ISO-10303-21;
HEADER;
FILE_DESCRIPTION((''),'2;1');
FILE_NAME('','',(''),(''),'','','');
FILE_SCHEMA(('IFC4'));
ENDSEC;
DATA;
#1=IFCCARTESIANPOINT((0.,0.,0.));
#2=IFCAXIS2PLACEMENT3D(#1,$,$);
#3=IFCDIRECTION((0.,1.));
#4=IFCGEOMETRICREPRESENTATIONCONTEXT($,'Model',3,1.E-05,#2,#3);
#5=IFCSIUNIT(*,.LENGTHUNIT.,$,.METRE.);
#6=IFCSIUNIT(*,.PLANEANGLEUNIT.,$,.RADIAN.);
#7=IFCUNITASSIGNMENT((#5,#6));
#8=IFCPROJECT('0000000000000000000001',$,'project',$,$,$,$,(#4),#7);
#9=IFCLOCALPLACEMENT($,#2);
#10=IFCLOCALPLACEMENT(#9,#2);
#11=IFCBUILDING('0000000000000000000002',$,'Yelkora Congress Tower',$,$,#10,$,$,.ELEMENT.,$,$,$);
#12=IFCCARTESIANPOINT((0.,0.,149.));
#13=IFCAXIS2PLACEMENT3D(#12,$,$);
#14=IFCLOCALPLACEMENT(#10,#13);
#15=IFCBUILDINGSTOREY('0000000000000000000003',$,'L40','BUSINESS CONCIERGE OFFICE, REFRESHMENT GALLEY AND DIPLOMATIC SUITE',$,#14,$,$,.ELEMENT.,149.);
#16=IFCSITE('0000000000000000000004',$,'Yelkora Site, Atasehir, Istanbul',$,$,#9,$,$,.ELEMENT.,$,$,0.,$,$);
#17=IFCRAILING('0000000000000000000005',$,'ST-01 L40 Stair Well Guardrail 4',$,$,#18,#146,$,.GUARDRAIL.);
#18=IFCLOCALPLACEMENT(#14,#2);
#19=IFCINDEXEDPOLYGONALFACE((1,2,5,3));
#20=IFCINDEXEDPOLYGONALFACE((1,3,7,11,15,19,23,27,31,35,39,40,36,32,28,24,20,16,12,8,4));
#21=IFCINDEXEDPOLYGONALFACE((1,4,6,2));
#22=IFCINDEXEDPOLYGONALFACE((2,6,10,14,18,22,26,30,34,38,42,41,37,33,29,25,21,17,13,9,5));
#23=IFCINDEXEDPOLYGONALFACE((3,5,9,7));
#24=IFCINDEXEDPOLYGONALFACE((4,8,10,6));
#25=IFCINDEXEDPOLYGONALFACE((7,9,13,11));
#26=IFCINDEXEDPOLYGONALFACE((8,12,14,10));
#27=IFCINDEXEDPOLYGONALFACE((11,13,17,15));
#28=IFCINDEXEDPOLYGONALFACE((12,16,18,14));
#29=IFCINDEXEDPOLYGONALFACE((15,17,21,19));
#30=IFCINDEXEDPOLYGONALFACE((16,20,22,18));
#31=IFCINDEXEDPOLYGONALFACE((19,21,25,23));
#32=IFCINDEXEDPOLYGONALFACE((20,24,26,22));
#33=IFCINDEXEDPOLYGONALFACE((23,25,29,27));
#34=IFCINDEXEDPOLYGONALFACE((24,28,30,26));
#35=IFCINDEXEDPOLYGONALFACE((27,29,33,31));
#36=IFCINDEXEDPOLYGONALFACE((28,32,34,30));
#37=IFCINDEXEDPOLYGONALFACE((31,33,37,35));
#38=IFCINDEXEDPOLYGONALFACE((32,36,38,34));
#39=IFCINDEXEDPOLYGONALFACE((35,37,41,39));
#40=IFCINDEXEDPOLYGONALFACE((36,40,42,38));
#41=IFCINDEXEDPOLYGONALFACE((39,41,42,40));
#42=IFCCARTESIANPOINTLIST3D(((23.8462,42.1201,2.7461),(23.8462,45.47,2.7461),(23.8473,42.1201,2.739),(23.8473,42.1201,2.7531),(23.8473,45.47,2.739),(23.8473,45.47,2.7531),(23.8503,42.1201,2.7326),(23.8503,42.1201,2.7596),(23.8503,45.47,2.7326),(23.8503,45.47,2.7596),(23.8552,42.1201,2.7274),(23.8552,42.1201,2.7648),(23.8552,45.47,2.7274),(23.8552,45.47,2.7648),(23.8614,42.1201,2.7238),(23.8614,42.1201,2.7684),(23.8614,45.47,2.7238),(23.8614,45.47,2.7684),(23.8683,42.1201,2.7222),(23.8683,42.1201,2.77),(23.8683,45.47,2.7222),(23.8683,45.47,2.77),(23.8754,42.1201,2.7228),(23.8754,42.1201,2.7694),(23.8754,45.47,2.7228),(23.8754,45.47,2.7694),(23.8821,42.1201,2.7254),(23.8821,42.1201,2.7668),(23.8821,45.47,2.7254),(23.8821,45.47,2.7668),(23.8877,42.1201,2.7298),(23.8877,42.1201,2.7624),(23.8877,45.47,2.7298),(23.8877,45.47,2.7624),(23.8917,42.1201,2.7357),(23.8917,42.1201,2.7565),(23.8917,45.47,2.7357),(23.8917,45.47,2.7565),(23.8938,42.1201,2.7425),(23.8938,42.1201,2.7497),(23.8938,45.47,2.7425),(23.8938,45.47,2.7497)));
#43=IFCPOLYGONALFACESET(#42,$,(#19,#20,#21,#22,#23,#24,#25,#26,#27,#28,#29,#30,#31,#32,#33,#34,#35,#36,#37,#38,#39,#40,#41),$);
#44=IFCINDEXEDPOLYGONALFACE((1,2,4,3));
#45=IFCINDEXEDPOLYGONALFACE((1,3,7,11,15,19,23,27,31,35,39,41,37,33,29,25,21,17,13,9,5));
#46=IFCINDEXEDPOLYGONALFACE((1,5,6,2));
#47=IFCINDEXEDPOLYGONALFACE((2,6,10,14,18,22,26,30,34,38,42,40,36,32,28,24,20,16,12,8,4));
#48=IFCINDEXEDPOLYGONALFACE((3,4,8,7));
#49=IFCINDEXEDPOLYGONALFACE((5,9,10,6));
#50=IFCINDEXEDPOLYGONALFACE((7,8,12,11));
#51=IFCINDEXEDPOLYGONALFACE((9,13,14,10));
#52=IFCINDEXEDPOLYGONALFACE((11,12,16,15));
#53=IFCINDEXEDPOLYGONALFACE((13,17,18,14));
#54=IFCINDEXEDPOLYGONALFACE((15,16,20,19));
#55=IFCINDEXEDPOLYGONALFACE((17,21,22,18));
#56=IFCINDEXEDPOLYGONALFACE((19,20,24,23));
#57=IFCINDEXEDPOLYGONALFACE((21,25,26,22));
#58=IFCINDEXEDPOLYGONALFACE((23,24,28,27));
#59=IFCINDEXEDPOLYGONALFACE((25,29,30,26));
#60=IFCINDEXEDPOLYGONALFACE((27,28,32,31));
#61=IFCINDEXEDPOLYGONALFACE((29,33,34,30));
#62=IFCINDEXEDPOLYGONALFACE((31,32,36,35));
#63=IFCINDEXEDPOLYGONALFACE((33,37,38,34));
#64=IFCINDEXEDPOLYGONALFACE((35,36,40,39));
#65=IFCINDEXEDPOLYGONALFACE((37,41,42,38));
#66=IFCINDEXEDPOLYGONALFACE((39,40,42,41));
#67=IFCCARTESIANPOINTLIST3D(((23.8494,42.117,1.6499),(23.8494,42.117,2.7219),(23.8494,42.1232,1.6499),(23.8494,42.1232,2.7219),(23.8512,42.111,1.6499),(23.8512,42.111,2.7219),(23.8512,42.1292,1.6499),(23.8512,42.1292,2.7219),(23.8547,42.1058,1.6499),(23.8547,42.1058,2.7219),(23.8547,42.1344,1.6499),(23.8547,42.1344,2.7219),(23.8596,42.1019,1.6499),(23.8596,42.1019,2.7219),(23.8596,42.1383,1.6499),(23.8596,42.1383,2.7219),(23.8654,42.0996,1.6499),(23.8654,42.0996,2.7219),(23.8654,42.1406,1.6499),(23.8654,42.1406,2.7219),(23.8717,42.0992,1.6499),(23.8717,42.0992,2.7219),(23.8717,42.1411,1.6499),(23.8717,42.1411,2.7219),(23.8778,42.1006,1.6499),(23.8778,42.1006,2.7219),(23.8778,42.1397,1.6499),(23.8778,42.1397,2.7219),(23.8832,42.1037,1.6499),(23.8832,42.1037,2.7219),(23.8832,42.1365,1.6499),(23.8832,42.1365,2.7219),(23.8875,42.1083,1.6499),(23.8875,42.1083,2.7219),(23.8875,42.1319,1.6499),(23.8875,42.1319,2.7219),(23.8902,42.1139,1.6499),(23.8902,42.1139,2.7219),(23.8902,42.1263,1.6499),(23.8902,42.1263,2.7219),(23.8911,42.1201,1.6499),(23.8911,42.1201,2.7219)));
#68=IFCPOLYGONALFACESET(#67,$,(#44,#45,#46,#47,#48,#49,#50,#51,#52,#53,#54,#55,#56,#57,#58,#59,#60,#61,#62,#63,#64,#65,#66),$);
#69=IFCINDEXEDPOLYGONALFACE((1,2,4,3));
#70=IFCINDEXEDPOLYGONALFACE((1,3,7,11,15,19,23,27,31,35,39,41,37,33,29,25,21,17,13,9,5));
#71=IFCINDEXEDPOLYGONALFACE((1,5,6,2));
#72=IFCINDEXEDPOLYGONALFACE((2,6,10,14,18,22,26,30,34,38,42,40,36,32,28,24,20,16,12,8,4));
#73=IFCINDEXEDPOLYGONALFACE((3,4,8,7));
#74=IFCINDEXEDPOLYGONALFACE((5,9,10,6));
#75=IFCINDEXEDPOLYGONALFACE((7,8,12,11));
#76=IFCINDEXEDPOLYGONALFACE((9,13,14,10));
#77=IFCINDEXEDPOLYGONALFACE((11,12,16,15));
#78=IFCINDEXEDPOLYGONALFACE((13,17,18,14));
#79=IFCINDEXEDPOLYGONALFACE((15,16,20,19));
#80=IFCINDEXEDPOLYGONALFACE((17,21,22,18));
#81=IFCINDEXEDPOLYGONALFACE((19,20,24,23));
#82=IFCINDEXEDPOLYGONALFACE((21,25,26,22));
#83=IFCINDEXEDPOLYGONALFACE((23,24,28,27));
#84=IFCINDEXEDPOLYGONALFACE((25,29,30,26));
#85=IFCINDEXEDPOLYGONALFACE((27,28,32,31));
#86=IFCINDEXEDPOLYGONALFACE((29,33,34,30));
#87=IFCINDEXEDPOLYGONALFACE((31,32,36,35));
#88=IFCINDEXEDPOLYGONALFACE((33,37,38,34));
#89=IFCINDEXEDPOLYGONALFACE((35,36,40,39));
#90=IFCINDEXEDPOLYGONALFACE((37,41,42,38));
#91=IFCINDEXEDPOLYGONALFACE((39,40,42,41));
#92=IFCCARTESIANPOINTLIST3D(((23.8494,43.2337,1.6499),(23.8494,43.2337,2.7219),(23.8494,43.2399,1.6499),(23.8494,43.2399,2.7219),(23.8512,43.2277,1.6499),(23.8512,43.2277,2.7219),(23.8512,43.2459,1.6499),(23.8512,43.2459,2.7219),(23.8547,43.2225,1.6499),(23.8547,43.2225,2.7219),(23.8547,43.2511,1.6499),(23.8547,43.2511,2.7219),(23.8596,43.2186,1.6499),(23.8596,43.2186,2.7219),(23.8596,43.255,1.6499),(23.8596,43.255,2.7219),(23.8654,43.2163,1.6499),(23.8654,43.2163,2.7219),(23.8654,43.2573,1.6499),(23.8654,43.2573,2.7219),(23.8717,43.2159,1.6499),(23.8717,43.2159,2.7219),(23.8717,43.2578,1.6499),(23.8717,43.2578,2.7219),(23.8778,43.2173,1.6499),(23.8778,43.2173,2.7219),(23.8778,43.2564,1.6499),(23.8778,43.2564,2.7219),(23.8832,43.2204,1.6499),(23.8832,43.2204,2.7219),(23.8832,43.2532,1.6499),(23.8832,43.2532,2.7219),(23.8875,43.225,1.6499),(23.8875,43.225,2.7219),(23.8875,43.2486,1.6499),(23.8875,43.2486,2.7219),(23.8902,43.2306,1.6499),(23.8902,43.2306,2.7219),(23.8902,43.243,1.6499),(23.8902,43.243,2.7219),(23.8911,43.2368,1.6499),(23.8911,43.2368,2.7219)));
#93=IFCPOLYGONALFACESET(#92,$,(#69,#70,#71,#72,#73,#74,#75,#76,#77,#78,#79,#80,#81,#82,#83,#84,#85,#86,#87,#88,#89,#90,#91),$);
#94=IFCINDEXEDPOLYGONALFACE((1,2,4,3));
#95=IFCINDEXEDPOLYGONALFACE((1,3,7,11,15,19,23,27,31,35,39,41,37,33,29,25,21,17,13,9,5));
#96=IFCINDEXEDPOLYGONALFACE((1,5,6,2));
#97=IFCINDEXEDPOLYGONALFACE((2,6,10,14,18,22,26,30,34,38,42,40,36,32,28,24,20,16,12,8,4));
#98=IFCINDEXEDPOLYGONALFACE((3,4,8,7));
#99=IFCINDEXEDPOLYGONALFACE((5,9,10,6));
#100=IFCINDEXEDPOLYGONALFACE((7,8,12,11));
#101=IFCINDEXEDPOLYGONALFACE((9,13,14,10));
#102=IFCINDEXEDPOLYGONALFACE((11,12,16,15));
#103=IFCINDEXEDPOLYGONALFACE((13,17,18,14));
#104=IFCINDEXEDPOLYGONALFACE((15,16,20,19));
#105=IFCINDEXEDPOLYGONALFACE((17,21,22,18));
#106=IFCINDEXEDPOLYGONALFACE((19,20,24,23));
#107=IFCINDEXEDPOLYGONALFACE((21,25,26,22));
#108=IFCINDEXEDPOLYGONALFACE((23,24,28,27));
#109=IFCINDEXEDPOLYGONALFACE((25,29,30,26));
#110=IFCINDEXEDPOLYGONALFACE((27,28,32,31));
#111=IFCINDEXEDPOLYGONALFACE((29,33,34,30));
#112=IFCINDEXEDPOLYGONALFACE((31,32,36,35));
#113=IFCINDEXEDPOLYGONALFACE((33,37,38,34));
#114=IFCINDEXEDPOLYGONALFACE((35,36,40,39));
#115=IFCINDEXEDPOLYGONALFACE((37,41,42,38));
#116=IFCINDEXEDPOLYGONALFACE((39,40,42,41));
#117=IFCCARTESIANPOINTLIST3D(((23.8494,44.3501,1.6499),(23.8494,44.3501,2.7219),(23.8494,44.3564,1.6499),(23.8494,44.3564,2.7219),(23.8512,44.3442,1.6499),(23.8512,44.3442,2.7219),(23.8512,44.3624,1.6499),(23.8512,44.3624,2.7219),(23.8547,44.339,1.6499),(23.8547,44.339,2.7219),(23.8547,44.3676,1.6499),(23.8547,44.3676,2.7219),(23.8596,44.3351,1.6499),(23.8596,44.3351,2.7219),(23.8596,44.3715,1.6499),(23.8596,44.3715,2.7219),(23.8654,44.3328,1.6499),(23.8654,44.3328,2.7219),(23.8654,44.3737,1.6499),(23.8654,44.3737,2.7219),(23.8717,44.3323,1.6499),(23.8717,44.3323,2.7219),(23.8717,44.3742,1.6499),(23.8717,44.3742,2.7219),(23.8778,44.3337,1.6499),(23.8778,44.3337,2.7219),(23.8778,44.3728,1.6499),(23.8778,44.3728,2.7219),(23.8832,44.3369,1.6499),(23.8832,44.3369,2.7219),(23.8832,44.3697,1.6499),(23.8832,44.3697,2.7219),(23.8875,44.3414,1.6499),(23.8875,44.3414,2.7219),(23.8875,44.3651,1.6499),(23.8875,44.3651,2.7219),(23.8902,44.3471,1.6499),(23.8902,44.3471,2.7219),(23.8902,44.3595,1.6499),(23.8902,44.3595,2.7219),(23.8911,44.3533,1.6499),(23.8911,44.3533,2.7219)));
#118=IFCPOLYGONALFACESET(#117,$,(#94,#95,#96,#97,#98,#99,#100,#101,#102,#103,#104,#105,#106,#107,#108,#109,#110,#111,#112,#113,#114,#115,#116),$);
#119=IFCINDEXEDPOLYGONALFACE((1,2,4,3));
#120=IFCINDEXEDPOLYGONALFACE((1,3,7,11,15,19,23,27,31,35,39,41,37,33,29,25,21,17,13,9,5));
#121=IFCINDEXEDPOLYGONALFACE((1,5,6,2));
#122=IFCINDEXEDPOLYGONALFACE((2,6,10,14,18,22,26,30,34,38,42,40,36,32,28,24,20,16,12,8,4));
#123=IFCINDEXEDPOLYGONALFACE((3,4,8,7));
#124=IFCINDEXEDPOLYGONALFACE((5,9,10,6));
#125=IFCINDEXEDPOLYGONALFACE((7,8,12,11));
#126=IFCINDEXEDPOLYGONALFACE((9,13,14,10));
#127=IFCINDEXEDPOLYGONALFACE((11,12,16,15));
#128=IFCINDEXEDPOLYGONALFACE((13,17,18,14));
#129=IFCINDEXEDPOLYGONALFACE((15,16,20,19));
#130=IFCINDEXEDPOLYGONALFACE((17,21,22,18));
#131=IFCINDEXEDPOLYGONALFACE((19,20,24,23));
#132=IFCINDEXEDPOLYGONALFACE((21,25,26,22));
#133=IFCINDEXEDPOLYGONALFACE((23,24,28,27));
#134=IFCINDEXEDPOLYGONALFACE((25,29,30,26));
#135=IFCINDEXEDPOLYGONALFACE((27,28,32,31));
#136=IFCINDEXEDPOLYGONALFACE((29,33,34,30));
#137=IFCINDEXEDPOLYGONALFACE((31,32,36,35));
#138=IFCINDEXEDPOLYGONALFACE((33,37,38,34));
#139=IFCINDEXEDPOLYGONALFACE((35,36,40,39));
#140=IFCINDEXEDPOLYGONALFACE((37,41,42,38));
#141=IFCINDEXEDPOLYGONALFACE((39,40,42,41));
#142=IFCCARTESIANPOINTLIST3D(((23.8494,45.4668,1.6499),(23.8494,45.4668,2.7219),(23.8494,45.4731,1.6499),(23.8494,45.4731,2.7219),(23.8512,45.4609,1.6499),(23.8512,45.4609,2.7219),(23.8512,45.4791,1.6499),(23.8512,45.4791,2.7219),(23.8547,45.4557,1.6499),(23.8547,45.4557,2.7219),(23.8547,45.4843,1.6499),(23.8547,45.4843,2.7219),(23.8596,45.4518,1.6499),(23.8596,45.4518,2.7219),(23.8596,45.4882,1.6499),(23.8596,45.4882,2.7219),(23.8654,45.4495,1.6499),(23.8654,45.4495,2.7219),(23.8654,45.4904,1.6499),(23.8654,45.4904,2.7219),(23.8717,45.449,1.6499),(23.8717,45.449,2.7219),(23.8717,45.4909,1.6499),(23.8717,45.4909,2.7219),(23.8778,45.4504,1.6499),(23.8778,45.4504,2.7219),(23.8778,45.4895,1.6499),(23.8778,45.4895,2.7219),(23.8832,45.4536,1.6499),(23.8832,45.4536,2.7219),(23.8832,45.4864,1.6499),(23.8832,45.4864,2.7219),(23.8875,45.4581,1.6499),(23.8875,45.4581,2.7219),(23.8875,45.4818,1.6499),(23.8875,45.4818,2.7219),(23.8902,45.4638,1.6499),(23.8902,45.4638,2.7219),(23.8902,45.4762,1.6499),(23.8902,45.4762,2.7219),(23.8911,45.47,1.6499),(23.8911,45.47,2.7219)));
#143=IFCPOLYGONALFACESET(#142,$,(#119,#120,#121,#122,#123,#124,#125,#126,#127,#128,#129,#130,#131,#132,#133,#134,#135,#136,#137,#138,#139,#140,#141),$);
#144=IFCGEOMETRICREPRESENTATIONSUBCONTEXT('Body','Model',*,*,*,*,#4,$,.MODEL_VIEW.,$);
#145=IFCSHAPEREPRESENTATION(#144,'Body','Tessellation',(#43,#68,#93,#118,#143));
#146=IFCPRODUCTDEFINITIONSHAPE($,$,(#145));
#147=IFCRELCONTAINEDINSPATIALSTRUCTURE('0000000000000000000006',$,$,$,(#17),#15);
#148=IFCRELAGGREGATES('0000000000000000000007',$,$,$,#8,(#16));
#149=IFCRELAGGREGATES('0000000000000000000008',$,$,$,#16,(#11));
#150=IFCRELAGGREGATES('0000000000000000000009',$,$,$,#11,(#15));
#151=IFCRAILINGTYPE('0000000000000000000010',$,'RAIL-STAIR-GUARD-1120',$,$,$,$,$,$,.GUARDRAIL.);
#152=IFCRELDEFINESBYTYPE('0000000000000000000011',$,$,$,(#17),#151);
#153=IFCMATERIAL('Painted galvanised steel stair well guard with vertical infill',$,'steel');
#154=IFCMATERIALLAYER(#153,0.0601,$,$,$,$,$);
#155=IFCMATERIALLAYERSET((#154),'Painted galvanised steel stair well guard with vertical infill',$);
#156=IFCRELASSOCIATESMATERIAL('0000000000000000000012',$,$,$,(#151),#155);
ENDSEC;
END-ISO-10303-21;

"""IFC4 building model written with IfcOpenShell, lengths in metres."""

from ifc_helpers import new_model, si_unit, direction, frame, origin, origin_2d, place, context, subcontext, project, spatial, circle, extrude, material, layer, layer_set, type_object, element, save


model = new_model("IFC4")

# Units and contexts
model_context = context("Model", 3, precision=1e-05, world=origin(), true_north=direction((0.0, 1.0)))
body_context = subcontext(model_context, "Body", "Model", "MODEL_VIEW")
ifc_project = project(units=[si_unit("LENGTHUNIT", "METRE"), si_unit("PLANEANGLEUNIT", "RADIAN")], contexts=[model_context])

# Site, building, storey
site_placement = place(None, origin())
site = spatial("IfcSite", under=ifc_project, at=site_placement, Name="Yelkora Site, Atasehir, Istanbul", CompositionType="ELEMENT", RefElevation=0.0)
building_placement = place(site_placement, origin())
building = spatial("IfcBuilding", under=site, at=building_placement, Name="Yelkora Congress Tower", CompositionType="ELEMENT")
storey_placement = place(building_placement, frame((0.0, 0.0, 149.0)))
storey = spatial("IfcBuildingStorey", under=building, at=storey_placement, Name="L40", Description="BUSINESS CONCIERGE OFFICE, REFRESHMENT GALLEY AND DIPLOMATIC SUITE", CompositionType="ELEMENT", Elevation=149.0)

# Railing
ifc_material_1 = material(Name="Painted galvanised steel stair well guard with vertical infill", Category="steel")
ifc_layer_1 = layer(ifc_material_1, 0.0601)
ifc_layer_set_1 = layer_set([ifc_layer_1], Name="Painted galvanised steel stair well guard with vertical infill")
railing_type = type_object("IfcRailingType", Name="RAIL-STAIR-GUARD-1120", PredefinedType="GUARDRAIL", material=ifc_layer_set_1)
for number, where, name in (
    (1, (23.8701, 42.1201, 1.6499), "ST-01 L40 Stair Well Guardrail 4"),
):
    element("IfcRailing", number, at=place(storey_placement, frame(where)), inside=storey, type_object=railing_type, Name=name, PredefinedType="GUARDRAIL", context=body_context, shape_type="SweptSolid", body=[
        extrude(circle(Radius=0.0239, at=origin_2d()), frame((0.0, 0.0, 1.0962), z_axis=(0.0, 1.0, 0.0), x_axis=(-1.0, 0.0, 0.0)), (0.0, 0.0, 1.0), 3.3499),
        extrude(circle(Radius=0.021, at=origin_2d()), origin(), (0.0, 0.0, 1.0), 1.072),
        extrude(circle(Radius=0.021, at=origin_2d()), frame((0.0, 1.1167, 0.0)), (0.0, 0.0, 1.0), 1.072),
        extrude(circle(Radius=0.021, at=origin_2d()), frame((0.0, 2.2332, 0.0)), (0.0, 0.0, 1.0), 1.072),
        extrude(circle(Radius=0.021, at=origin_2d()), frame((0.0, 3.3499, 0.0)), (0.0, 0.0, 1.0), 1.072),
    ])

save(model, "model.ifc")
